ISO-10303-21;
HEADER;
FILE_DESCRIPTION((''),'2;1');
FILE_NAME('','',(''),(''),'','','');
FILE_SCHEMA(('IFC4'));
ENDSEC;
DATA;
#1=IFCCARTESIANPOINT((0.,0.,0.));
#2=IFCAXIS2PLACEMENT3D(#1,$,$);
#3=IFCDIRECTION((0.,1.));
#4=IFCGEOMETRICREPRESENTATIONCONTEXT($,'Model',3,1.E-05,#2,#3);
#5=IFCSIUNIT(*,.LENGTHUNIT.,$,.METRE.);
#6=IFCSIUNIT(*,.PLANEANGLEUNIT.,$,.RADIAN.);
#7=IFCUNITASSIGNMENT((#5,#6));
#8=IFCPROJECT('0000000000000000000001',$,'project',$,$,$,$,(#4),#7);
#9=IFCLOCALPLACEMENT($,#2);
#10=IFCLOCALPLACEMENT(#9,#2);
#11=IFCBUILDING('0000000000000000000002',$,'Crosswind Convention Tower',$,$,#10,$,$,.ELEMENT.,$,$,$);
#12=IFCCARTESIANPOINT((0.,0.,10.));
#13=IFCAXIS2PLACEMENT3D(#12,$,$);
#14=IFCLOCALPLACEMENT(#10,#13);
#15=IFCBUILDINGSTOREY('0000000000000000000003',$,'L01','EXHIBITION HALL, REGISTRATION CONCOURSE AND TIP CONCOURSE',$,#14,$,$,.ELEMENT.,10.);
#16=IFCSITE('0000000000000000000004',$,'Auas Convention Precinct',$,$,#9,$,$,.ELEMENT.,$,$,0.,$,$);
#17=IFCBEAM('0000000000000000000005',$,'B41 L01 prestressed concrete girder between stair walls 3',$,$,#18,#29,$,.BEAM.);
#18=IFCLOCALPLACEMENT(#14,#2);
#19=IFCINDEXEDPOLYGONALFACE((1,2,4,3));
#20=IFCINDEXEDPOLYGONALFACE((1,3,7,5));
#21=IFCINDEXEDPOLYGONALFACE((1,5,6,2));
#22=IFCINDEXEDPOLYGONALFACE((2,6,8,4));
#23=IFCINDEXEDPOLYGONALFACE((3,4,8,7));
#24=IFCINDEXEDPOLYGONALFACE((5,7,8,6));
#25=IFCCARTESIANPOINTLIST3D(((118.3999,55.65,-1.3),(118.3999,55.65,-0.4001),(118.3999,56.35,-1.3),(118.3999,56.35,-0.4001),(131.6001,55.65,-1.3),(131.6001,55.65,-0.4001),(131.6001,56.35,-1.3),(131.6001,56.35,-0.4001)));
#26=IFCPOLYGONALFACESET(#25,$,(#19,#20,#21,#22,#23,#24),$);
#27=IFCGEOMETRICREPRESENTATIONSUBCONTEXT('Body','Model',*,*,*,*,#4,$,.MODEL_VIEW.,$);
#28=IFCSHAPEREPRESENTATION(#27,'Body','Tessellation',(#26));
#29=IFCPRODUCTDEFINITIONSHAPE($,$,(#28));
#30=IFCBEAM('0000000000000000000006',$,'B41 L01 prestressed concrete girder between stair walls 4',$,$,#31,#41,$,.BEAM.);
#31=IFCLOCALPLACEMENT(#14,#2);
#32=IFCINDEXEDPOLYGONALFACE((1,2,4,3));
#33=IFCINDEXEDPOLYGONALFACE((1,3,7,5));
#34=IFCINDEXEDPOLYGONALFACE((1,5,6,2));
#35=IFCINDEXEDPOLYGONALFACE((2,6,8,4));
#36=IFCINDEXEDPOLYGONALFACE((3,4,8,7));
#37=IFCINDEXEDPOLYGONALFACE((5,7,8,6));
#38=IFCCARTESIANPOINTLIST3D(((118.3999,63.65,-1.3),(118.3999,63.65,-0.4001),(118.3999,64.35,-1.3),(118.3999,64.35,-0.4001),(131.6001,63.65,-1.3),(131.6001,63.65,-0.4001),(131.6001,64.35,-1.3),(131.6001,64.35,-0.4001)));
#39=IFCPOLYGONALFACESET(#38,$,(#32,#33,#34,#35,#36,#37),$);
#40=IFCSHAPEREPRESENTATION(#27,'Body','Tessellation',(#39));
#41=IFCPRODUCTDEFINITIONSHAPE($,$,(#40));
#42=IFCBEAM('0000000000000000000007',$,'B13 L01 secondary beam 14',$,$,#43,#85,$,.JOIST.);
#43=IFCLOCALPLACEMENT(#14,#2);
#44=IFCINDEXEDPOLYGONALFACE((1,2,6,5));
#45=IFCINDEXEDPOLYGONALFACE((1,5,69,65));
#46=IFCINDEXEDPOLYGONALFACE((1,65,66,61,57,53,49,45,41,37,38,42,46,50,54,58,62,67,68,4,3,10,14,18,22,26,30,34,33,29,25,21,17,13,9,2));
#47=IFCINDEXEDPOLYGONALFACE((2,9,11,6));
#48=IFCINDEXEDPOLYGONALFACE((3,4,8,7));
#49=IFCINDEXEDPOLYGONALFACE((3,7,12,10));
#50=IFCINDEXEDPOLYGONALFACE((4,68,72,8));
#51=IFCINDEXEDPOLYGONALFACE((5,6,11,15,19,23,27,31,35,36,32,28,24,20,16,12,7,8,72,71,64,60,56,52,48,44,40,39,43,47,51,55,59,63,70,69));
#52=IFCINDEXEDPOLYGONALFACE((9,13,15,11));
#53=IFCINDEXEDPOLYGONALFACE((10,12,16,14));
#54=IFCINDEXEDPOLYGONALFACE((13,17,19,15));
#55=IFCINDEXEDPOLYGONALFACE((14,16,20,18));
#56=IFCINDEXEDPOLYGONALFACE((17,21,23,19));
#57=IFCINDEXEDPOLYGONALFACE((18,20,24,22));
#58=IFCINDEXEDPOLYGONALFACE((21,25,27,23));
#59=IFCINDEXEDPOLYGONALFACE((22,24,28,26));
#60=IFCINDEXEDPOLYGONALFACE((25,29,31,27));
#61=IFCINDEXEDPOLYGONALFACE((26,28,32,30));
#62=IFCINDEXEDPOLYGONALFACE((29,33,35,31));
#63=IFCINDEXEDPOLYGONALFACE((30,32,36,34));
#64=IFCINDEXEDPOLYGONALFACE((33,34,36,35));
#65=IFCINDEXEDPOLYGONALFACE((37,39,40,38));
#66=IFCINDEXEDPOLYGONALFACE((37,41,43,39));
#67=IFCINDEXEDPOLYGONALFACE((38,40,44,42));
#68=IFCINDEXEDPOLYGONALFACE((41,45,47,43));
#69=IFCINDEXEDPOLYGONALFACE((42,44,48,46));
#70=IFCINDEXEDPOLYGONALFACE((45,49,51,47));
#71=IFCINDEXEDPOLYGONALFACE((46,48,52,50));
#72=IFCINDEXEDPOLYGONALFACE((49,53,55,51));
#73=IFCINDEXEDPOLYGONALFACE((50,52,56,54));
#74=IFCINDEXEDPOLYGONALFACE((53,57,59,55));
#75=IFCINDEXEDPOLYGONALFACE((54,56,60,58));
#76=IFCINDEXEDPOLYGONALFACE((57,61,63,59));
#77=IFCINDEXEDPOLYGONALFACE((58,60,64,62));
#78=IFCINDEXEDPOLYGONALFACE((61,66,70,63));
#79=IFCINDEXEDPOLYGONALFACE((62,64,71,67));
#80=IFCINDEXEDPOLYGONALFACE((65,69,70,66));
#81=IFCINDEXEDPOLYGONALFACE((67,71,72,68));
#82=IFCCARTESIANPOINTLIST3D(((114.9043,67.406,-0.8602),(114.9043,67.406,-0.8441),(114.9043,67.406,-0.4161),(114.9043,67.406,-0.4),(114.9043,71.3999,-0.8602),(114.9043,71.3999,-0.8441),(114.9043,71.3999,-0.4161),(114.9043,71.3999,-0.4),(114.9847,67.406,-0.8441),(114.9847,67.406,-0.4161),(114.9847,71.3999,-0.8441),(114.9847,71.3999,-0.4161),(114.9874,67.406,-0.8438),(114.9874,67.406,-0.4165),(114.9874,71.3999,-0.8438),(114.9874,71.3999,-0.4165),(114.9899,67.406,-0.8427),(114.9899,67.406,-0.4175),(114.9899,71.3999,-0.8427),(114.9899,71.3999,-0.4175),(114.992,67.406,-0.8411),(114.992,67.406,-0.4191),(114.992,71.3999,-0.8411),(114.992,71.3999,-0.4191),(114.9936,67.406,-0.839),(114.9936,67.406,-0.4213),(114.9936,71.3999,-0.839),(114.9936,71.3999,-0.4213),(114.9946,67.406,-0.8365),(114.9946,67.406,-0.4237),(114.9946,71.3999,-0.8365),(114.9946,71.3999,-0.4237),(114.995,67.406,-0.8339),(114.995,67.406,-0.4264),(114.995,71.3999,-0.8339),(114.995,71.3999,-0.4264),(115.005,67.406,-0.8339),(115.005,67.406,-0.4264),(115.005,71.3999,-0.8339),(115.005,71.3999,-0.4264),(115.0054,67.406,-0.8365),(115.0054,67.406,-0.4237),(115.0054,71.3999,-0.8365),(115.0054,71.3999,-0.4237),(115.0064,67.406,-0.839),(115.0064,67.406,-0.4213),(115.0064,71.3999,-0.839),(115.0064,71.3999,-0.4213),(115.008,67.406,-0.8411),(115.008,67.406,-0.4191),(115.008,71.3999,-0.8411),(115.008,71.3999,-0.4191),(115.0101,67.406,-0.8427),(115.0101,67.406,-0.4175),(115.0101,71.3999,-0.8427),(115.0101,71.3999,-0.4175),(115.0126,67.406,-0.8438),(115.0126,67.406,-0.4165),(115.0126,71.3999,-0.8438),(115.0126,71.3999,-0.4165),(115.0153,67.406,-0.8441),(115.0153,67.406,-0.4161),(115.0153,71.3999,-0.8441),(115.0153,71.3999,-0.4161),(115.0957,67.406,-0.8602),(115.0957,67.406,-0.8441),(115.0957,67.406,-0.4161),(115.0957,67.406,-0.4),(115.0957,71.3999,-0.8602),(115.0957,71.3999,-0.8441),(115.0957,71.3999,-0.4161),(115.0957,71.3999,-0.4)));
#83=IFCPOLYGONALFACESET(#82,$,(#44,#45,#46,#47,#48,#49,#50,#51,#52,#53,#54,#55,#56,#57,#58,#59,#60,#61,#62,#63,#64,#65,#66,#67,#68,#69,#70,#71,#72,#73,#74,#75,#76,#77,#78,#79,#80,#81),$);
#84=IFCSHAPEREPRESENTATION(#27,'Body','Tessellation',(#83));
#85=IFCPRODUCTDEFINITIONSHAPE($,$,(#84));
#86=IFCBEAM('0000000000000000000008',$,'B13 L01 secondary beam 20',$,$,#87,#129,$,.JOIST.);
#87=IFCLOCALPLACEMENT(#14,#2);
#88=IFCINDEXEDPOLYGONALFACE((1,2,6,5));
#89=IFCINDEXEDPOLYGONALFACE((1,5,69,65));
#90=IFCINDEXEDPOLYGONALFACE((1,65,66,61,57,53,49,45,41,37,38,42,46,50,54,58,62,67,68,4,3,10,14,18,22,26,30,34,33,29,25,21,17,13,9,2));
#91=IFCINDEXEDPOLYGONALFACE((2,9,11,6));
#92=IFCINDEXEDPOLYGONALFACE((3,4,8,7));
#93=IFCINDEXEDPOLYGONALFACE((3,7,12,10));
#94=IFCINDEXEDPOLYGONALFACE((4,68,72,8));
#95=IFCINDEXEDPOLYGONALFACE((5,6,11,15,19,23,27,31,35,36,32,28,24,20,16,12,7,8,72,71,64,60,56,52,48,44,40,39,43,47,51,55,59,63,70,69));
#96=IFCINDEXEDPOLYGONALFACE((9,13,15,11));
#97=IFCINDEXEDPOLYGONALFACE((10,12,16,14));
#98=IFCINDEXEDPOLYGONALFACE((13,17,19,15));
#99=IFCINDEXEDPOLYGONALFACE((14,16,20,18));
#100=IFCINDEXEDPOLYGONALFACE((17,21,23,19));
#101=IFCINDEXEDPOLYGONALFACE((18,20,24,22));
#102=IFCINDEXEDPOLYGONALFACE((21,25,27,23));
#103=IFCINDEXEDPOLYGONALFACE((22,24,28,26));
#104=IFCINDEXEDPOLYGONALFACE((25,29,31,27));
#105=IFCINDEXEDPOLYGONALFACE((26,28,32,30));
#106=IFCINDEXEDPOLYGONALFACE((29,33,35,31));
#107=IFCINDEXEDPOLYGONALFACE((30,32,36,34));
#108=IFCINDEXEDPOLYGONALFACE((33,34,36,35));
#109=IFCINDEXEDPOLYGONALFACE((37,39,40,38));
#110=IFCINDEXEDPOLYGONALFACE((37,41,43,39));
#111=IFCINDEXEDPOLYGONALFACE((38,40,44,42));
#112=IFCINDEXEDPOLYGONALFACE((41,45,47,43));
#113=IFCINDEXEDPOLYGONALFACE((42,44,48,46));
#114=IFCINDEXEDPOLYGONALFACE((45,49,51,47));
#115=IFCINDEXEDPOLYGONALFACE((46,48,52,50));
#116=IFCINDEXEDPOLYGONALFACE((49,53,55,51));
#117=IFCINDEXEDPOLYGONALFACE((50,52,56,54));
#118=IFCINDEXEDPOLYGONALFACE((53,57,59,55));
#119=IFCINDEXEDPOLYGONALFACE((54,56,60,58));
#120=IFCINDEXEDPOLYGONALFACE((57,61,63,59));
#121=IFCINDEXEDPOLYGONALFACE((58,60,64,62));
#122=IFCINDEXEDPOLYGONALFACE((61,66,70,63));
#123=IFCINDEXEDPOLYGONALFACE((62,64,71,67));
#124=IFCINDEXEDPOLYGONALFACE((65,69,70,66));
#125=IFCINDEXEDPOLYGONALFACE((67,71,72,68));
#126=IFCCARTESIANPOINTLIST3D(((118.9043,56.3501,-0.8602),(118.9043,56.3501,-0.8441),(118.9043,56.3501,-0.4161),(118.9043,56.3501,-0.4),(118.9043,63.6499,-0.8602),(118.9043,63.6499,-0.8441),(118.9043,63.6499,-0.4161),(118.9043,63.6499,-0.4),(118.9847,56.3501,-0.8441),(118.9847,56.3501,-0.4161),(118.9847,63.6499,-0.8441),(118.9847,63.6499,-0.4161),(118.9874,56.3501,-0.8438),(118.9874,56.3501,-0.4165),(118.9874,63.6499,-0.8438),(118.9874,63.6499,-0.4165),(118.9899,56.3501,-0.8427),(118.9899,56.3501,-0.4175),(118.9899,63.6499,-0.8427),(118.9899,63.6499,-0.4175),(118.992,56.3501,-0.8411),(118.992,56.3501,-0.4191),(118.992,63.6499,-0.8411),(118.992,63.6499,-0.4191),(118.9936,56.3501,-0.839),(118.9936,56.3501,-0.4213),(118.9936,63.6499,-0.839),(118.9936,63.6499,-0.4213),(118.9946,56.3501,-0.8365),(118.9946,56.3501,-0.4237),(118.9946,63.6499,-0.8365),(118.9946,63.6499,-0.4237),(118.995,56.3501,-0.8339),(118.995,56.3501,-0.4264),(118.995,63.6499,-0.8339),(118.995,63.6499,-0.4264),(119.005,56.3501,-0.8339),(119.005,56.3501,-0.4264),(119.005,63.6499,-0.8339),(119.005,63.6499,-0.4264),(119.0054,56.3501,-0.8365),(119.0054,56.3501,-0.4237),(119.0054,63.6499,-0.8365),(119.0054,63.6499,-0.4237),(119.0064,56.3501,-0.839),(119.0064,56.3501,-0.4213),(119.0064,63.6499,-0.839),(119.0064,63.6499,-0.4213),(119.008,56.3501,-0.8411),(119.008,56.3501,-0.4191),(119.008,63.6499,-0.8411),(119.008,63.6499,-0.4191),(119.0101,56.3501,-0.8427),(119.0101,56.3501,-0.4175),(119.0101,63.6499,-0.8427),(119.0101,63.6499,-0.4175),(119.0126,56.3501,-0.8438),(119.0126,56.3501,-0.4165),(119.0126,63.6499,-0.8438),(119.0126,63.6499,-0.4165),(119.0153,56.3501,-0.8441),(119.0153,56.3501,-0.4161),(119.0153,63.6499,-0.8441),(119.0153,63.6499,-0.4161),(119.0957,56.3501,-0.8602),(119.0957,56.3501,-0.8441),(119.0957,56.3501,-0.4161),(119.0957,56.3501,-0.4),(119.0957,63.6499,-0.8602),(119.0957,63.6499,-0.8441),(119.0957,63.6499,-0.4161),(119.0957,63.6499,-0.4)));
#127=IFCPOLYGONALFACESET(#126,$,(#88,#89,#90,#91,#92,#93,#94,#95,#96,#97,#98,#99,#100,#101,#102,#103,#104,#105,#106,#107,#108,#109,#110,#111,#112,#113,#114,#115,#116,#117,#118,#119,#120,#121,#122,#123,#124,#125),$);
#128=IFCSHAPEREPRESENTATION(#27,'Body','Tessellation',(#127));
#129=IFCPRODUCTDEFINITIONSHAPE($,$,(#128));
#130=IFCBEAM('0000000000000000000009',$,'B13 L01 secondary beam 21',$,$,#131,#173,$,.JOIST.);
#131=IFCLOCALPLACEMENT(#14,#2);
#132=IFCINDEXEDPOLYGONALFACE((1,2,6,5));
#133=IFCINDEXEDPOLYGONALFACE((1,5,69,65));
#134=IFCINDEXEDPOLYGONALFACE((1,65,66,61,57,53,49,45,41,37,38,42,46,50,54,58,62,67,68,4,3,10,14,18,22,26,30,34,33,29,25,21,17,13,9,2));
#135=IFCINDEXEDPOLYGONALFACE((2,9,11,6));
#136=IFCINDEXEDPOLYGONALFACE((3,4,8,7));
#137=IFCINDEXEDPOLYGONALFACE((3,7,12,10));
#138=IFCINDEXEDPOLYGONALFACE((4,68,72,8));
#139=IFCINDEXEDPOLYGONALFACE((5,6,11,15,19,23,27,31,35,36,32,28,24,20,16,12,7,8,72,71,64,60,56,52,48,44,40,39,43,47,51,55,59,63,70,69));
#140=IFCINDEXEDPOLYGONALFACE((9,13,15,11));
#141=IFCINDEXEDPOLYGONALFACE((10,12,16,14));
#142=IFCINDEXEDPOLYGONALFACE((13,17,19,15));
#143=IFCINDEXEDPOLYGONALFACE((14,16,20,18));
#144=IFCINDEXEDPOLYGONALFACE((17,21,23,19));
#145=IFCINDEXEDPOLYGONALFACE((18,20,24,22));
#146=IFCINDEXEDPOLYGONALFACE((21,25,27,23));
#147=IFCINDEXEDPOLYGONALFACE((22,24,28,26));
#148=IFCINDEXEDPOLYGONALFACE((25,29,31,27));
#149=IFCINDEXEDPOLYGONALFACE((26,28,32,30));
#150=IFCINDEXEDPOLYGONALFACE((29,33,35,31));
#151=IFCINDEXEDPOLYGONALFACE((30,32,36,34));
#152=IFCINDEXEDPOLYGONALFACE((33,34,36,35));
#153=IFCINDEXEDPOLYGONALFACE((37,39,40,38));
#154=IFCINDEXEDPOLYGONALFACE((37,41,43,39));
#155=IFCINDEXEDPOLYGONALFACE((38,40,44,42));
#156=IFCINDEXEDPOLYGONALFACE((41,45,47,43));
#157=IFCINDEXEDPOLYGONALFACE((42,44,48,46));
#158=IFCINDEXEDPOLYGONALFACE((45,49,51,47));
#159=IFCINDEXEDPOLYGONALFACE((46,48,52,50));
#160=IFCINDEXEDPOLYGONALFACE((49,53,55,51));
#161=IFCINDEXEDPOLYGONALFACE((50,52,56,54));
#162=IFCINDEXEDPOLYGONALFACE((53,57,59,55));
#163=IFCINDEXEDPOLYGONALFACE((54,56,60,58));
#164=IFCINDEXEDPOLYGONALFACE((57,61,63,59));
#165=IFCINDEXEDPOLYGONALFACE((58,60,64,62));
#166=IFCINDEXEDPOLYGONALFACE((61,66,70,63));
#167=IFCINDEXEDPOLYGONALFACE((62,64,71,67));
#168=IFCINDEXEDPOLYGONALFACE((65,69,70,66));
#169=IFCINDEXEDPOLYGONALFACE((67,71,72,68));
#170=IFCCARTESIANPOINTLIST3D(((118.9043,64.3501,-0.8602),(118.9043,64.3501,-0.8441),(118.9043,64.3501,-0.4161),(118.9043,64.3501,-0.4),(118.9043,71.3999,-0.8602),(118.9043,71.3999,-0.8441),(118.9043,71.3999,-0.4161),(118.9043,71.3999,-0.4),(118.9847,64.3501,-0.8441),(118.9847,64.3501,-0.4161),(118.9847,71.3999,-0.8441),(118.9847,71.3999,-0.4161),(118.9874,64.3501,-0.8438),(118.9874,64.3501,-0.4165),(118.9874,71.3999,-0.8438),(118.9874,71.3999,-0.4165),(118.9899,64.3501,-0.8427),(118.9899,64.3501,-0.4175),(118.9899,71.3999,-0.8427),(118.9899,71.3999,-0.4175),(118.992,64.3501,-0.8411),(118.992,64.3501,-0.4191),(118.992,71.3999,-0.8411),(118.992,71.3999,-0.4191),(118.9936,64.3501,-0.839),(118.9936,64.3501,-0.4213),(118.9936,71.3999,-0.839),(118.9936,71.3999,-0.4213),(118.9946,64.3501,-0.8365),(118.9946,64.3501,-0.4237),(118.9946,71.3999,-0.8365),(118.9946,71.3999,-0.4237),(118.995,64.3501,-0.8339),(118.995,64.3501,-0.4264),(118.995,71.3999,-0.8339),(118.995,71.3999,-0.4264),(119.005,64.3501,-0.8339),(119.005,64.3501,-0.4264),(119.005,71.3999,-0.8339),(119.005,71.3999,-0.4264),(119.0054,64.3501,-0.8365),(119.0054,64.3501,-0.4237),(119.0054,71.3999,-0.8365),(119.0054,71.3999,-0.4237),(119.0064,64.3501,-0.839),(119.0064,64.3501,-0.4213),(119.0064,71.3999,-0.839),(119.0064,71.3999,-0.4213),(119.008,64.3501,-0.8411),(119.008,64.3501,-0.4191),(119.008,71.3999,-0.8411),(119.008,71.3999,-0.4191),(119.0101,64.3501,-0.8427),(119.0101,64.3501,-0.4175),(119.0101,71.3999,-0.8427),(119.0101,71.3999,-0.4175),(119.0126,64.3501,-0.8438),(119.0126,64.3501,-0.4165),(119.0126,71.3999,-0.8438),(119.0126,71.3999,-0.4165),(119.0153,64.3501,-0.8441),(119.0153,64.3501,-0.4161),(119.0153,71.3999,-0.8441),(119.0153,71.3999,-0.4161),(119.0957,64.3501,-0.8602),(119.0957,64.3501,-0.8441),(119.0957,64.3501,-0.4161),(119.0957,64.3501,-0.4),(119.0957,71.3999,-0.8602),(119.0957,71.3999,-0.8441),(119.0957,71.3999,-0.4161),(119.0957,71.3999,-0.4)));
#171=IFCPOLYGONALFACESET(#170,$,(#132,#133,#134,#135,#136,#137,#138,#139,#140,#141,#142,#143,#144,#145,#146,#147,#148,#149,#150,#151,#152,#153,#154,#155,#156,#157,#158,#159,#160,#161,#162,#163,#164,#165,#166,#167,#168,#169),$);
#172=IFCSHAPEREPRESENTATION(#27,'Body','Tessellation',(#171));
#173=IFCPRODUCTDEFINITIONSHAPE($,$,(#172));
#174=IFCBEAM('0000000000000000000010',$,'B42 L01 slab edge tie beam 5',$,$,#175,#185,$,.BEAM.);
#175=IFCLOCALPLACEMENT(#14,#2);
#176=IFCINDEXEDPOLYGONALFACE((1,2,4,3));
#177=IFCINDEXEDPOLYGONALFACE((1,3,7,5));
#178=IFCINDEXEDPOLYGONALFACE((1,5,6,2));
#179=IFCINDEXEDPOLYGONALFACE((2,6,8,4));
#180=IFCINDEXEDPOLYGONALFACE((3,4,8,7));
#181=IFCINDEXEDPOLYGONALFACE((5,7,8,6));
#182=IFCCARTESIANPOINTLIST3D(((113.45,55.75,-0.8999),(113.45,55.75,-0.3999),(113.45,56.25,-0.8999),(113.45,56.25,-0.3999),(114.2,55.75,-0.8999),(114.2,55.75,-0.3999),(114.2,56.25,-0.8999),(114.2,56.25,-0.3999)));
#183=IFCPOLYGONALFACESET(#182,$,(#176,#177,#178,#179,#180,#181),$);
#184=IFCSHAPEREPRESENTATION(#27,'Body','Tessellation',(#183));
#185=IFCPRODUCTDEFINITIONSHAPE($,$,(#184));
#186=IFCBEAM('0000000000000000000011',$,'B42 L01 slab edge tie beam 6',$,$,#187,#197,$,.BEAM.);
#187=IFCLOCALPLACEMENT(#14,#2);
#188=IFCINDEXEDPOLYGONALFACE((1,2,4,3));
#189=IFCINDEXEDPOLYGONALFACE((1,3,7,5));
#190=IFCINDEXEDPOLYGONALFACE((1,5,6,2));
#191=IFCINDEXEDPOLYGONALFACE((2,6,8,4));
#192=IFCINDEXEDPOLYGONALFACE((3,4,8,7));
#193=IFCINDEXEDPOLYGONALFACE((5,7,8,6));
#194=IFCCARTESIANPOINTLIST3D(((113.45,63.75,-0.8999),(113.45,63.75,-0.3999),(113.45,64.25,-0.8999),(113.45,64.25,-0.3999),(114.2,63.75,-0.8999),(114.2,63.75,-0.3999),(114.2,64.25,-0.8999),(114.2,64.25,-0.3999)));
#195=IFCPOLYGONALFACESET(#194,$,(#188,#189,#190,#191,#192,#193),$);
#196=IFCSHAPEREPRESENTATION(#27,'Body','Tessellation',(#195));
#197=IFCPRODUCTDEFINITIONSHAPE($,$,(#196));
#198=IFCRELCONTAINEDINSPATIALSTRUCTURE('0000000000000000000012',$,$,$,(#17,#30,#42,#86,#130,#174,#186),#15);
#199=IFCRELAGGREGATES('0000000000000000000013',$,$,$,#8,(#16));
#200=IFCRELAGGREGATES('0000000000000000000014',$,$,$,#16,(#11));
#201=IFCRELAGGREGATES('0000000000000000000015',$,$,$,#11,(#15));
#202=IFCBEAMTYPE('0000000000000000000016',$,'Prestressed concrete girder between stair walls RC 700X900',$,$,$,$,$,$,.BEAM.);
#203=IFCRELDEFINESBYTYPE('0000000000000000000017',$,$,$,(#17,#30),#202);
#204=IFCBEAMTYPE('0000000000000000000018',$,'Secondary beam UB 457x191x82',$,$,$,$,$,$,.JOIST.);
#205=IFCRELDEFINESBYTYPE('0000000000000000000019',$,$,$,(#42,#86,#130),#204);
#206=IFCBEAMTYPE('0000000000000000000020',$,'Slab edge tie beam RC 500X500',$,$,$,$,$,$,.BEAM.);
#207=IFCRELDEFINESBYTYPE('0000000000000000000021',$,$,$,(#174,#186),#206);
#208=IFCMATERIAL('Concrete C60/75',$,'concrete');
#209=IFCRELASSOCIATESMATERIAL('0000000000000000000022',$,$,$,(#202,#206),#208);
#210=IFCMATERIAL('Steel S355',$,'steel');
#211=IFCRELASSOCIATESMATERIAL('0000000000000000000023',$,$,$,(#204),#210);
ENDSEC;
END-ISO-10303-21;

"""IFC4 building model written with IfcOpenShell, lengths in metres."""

from ifc_helpers import new_model, si_unit, direction, frame, origin, origin_2d, place, context, subcontext, project, spatial, rectangle, i_section, extrude, material, material_profile, profile_set, type_object, element, save


model = new_model("IFC4")

# Units and contexts
model_context = context("Model", 3, precision=1e-05, world=origin(), true_north=direction((0.0, 1.0)))
body_context = subcontext(model_context, "Body", "Model", "MODEL_VIEW")
ifc_project = project(units=[si_unit("LENGTHUNIT", "METRE"), si_unit("PLANEANGLEUNIT", "RADIAN")], contexts=[model_context])

# Site, building, storey
site_placement = place(None, origin())
site = spatial("IfcSite", under=ifc_project, at=site_placement, Name="Auas Convention Precinct", CompositionType="ELEMENT", RefElevation=0.0)
building_placement = place(site_placement, origin())
building = spatial("IfcBuilding", under=site, at=building_placement, Name="Crosswind Convention Tower", CompositionType="ELEMENT")
storey_placement = place(building_placement, frame((0.0, 0.0, 10.0)))
storey = spatial("IfcBuildingStorey", under=building, at=storey_placement, Name="L01", Description="EXHIBITION HALL, REGISTRATION CONCOURSE AND TIP CONCOURSE", CompositionType="ELEMENT", Elevation=10.0)

# Shared definitions
ifc_material_1 = material(Name="Concrete C60/75", Category="concrete")

# Shared definitions
ifc_material_2 = material(Name="Steel S355", Category="steel")

# Beams
ifc_material_profile_1 = material_profile(ifc_material_1, rectangle(XDim=0.7, YDim=0.8999, at=origin_2d()), Name="RC 700X900")
ifc_profile_set_1 = profile_set([ifc_material_profile_1], Name="Concrete C60/75")
beam_type_1 = type_object("IfcBeamType", Name="Prestressed concrete girder between stair walls RC 700X900", PredefinedType="BEAM", material=ifc_profile_set_1)
for number, where, z_axis, x_axis, name in (
    (1, (118.3999, 56.0, -0.8501), (1.0, 0.0, 0.0), (0.0, 1.0, 0.0), "B41 L01 prestressed concrete girder between stair walls 3"),
    (2, (118.3999, 64.0, -0.8501), (1.0, 0.0, 0.0), (0.0, 1.0, 0.0), "B41 L01 prestressed concrete girder between stair walls 4"),
):
    element("IfcBeam", number, at=place(storey_placement, frame(where, z_axis=z_axis, x_axis=x_axis)), inside=storey, type_object=beam_type_1, Name=name, PredefinedType="BEAM", context=body_context, shape_type="SweptSolid", body=[
        extrude(rectangle(XDim=0.7, YDim=0.8999, at=origin_2d()), origin(), (0.0, 0.0, 1.0), 13.2002),
    ])
ifc_material_profile_2 = material_profile(ifc_material_2, i_section(OverallWidth=0.1914, OverallDepth=0.4602, WebThickness=0.01, FlangeThickness=0.0161, FilletRadius=0.0103, at=origin_2d()), Name="UB 457x191x82")
ifc_profile_set_2 = profile_set([ifc_material_profile_2], Name="Steel S355")
beam_type_2 = type_object("IfcBeamType", Name="Secondary beam UB 457x191x82", PredefinedType="JOIST", material=ifc_profile_set_2)
beam_1_placement = place(storey_placement, frame((115.0, 67.406, -0.6301), z_axis=(0.0, 1.0, 0.0), x_axis=(-1.0, 0.0, 0.0)))
element("IfcBeam", 3, at=beam_1_placement, inside=storey, type_object=beam_type_2, Name="B13 L01 secondary beam 14", PredefinedType="JOIST", context=body_context, shape_type="SweptSolid", body=[
    extrude(i_section(OverallWidth=0.1914, OverallDepth=0.4602, WebThickness=0.01, FlangeThickness=0.0161, FilletRadius=0.0103, at=origin_2d()), origin(), (0.0, 0.0, 1.0), 3.9939),
])
beam_2_placement = place(storey_placement, frame((119.0, 56.3501, -0.6301), z_axis=(0.0, 1.0, 0.0), x_axis=(-1.0, 0.0, 0.0)))
element("IfcBeam", 4, at=beam_2_placement, inside=storey, type_object=beam_type_2, Name="B13 L01 secondary beam 20", PredefinedType="JOIST", context=body_context, shape_type="SweptSolid", body=[
    extrude(i_section(OverallWidth=0.1914, OverallDepth=0.4602, WebThickness=0.01, FlangeThickness=0.0161, FilletRadius=0.0103, at=origin_2d()), origin(), (0.0, 0.0, 1.0), 7.2998),
])
beam_3_placement = place(storey_placement, frame((119.0, 64.3501, -0.6301), z_axis=(0.0, 1.0, 0.0), x_axis=(-1.0, 0.0, 0.0)))
element("IfcBeam", 5, at=beam_3_placement, inside=storey, type_object=beam_type_2, Name="B13 L01 secondary beam 21", PredefinedType="JOIST", context=body_context, shape_type="SweptSolid", body=[
    extrude(i_section(OverallWidth=0.1914, OverallDepth=0.4602, WebThickness=0.01, FlangeThickness=0.0161, FilletRadius=0.0103, at=origin_2d()), origin(), (0.0, 0.0, 1.0), 7.0498),
])
ifc_material_profile_3 = material_profile(ifc_material_1, rectangle(XDim=0.5, YDim=0.5, at=origin_2d()), Name="RC 500X500")
ifc_profile_set_3 = profile_set([ifc_material_profile_3], Name="Concrete C60/75")
beam_type_3 = type_object("IfcBeamType", Name="Slab edge tie beam RC 500X500", PredefinedType="BEAM", material=ifc_profile_set_3)
for number, where, z_axis, x_axis, name in (
    (6, (113.45, 56.0, -0.6499), (1.0, 0.0, 0.0), (0.0, 1.0, 0.0), "B42 L01 slab edge tie beam 5"),
    (7, (113.45, 64.0, -0.6499), (1.0, 0.0, 0.0), (0.0, 1.0, 0.0), "B42 L01 slab edge tie beam 6"),
):
    element("IfcBeam", number, at=place(storey_placement, frame(where, z_axis=z_axis, x_axis=x_axis)), inside=storey, type_object=beam_type_3, Name=name, PredefinedType="BEAM", context=body_context, shape_type="SweptSolid", body=[
        extrude(rectangle(XDim=0.5, YDim=0.5, at=origin_2d()), origin(), (0.0, 0.0, 1.0), 0.75),
    ])

save(model, "model.ifc")
